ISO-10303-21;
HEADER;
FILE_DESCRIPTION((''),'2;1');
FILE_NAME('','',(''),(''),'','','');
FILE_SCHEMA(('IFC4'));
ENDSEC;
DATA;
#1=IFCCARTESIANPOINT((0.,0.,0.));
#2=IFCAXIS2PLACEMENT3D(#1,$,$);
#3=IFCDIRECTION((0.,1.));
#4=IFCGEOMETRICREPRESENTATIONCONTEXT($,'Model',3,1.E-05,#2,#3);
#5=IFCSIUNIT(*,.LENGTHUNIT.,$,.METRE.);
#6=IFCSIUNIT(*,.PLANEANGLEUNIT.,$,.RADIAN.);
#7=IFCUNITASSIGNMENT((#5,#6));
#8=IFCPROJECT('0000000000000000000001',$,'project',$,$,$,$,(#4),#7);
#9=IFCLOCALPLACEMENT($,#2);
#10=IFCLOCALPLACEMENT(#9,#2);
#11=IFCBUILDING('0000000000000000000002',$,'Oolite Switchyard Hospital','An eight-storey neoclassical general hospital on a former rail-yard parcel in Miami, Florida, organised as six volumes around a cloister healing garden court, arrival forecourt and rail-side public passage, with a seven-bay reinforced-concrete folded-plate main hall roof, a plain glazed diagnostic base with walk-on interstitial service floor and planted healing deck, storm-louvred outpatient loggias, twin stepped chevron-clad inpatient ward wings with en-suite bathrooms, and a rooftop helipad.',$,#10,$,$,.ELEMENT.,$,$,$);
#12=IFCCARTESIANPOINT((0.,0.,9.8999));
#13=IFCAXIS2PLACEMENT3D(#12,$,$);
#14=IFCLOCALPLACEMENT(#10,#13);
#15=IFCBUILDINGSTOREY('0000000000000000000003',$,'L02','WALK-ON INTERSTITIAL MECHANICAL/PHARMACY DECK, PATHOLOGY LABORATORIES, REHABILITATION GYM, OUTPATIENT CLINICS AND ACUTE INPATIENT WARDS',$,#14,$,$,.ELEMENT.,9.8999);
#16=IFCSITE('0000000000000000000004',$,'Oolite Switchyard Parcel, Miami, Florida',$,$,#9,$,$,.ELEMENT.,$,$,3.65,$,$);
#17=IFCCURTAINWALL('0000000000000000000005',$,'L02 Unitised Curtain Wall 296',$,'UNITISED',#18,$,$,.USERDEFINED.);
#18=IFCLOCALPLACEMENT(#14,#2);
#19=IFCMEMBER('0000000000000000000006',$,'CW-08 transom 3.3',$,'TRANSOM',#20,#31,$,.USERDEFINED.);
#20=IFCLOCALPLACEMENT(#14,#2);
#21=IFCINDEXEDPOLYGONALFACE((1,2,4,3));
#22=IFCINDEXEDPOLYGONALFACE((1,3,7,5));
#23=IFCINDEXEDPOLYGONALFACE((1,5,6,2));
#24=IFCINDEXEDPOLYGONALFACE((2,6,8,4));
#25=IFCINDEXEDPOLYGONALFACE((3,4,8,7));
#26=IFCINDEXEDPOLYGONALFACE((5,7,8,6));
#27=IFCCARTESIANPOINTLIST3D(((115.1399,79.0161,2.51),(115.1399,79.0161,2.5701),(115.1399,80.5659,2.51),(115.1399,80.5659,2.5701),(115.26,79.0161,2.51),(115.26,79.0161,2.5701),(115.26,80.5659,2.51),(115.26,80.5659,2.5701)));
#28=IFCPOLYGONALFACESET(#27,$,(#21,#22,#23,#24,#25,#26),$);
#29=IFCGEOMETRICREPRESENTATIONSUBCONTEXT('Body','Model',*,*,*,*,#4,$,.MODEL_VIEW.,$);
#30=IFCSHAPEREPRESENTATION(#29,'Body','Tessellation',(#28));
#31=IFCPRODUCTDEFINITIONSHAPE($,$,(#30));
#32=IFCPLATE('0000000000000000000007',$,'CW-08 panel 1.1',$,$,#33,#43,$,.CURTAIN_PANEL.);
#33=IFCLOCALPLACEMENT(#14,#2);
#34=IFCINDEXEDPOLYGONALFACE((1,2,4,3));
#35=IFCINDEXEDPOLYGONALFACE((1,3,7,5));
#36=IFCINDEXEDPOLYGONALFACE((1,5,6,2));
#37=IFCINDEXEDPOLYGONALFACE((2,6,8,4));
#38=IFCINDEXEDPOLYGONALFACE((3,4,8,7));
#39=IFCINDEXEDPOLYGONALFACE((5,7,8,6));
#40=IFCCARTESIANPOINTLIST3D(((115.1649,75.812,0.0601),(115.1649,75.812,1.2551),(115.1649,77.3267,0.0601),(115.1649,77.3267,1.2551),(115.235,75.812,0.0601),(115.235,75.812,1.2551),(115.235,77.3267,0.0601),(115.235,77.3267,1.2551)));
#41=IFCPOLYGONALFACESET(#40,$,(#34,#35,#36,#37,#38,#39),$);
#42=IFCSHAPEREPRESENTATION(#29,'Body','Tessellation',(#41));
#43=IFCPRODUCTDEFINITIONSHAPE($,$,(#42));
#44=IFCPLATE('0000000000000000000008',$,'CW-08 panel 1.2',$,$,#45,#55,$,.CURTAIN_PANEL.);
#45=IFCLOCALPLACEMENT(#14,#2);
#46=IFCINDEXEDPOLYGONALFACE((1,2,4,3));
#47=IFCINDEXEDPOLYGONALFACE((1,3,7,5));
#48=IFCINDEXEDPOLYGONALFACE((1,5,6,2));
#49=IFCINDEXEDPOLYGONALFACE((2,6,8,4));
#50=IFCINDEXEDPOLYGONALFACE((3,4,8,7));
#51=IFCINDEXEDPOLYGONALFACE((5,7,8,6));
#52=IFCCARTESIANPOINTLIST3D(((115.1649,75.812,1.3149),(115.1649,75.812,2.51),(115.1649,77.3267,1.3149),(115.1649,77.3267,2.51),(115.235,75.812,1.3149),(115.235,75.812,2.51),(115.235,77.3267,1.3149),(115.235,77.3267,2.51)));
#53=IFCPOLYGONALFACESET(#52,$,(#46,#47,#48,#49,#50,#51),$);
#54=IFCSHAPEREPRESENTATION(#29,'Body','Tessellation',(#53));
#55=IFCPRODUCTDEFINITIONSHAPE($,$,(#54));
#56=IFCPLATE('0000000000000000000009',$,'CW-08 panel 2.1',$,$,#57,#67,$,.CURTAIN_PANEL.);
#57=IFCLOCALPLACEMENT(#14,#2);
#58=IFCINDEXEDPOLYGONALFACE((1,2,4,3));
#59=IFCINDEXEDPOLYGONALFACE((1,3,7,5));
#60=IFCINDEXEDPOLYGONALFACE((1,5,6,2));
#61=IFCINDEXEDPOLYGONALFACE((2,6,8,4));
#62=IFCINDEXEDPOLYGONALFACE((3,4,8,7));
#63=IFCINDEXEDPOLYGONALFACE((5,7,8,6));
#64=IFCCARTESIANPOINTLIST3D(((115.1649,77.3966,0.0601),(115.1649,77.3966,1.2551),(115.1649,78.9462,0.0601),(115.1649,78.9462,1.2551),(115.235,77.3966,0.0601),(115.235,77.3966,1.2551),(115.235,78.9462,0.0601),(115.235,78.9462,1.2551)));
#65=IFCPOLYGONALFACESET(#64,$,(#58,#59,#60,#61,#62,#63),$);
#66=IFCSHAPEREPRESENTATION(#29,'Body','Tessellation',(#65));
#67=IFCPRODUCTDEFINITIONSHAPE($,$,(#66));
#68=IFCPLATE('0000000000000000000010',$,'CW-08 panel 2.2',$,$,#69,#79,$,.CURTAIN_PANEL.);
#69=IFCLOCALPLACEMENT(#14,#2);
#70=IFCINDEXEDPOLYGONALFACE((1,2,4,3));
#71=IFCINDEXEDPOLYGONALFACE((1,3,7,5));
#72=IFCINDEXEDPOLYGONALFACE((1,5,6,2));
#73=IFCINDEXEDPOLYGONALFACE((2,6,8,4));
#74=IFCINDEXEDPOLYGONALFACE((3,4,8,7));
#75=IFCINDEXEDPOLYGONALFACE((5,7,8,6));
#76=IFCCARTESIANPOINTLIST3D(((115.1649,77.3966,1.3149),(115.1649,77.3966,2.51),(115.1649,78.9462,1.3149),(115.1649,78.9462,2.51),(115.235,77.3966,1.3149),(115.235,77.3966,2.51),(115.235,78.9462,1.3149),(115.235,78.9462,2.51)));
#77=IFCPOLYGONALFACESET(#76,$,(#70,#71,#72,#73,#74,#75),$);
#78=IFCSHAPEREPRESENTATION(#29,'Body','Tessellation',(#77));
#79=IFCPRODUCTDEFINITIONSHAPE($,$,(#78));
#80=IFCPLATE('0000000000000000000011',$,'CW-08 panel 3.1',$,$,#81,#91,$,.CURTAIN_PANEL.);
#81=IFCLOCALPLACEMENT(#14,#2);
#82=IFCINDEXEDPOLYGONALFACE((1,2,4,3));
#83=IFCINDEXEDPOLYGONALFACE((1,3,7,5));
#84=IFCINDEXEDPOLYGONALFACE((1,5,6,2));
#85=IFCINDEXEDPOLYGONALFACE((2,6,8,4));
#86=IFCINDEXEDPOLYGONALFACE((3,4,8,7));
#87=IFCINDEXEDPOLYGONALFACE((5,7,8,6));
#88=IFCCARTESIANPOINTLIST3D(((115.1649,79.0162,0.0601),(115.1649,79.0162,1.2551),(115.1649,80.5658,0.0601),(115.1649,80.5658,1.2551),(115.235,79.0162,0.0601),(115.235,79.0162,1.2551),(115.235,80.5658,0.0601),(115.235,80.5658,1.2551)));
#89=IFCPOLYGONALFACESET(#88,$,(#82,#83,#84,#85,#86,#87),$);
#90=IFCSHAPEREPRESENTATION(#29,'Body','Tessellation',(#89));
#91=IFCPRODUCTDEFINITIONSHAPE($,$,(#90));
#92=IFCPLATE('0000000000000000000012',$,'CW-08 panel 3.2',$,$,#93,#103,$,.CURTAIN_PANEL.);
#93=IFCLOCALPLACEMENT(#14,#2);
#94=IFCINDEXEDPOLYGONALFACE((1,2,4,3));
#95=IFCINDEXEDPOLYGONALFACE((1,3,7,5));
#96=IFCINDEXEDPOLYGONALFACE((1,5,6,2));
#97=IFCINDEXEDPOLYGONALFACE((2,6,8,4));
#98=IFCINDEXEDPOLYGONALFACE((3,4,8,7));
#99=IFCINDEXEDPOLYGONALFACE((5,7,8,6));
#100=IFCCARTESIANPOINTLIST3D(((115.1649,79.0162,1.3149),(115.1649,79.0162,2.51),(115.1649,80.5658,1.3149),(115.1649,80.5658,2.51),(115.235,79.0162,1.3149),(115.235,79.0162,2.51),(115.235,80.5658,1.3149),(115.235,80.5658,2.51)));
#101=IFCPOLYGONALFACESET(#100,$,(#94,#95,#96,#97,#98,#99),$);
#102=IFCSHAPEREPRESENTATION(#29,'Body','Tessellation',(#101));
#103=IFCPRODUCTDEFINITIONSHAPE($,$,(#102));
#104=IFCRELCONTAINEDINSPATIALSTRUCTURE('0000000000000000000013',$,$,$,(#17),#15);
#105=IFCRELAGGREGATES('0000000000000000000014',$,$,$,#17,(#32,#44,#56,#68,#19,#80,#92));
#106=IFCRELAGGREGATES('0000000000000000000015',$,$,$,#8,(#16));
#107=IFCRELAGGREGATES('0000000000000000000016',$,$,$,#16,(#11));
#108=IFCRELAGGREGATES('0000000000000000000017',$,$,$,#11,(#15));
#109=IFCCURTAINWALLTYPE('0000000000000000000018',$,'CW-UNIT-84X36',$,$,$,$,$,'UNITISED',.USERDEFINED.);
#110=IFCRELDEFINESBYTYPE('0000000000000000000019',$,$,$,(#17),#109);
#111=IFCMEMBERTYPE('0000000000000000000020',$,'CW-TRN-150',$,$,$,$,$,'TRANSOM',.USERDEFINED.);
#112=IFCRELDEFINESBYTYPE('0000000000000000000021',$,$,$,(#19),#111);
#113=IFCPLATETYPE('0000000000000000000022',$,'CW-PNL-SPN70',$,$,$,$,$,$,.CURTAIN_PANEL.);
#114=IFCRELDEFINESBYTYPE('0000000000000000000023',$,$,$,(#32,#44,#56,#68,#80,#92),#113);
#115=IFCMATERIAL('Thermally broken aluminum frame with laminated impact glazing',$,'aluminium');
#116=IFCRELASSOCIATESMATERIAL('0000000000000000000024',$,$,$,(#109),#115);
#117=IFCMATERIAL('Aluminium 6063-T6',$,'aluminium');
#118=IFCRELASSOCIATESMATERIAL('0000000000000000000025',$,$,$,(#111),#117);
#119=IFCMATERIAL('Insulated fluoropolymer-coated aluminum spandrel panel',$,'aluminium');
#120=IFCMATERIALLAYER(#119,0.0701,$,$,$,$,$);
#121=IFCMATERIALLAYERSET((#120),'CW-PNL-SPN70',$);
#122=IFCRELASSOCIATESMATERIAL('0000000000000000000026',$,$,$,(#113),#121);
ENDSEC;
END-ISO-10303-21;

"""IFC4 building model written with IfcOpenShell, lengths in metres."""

from ifc_helpers import new_model, si_unit, direction, frame, origin, origin_2d, place, context, subcontext, project, spatial, rectangle, extrude, material, layer, layer_set, material_profile, profile_set, type_object, element, aggregate, save


model = new_model("IFC4")

# Units and contexts
model_context = context("Model", 3, precision=1e-05, world=origin(), true_north=direction((0.0, 1.0)))
body_context = subcontext(model_context, "Body", "Model", "MODEL_VIEW")
ifc_project = project(units=[si_unit("LENGTHUNIT", "METRE"), si_unit("PLANEANGLEUNIT", "RADIAN")], contexts=[model_context])

# Site, building, storey
site_placement = place(None, origin())
site = spatial("IfcSite", under=ifc_project, at=site_placement, Name="Oolite Switchyard Parcel, Miami, Florida", CompositionType="ELEMENT", RefElevation=3.65)
building_placement = place(site_placement, origin())
building = spatial("IfcBuilding", under=site, at=building_placement, Name="Oolite Switchyard Hospital", Description="An eight-storey neoclassical general hospital on a former rail-yard parcel in Miami, Florida, organised as six volumes around a cloister healing garden court, arrival forecourt and rail-side public passage, with a seven-bay reinforced-concrete folded-plate main hall roof, a plain glazed diagnostic base with walk-on interstitial service floor and planted healing deck, storm-louvred outpatient loggias, twin stepped chevron-clad inpatient ward wings with en-suite bathrooms, and a rooftop helipad.", CompositionType="ELEMENT")
storey_placement = place(building_placement, frame((0.0, 0.0, 9.8999)))
storey = spatial("IfcBuildingStorey", under=building, at=storey_placement, Name="L02", Description="WALK-ON INTERSTITIAL MECHANICAL/PHARMACY DECK, PATHOLOGY LABORATORIES, REHABILITATION GYM, OUTPATIENT CLINICS AND ACUTE INPATIENT WARDS", CompositionType="ELEMENT", Elevation=9.8999)

# Curtain wall, member, plates
ifc_material_1 = material(Name="Thermally broken aluminum frame with laminated impact glazing", Category="aluminium")
curtain_wall_type = type_object("IfcCurtainWallType", Name="CW-UNIT-84X36", ElementType="UNITISED", PredefinedType="USERDEFINED", material=ifc_material_1)
curtain_wall_placement = place(storey_placement, origin())
curtain_wall = element("IfcCurtainWall", 1, at=curtain_wall_placement, inside=storey, type_object=curtain_wall_type, Name="L02 Unitised Curtain Wall 296", ObjectType="UNITISED", PredefinedType="USERDEFINED")
ifc_material_2 = material(Name="Aluminium 6063-T6", Category="aluminium")
ifc_material_profile_1 = material_profile(ifc_material_2, rectangle(XDim=0.1201, YDim=0.0601, at=origin_2d()), Name="CWT60X120")
ifc_profile_set_1 = profile_set([ifc_material_profile_1], Name="Aluminium 6063-T6")
member_type_1 = type_object("IfcMemberType", Name="CW-TRN-150", ElementType="TRANSOM", PredefinedType="USERDEFINED", material=ifc_profile_set_1)
member_1_placement = place(storey_placement, frame((115.2, 79.0161, 2.54), z_axis=(0.0, 1.0, 0.0), x_axis=(-1.0, 0.0, 0.0)))
member_1 = element("IfcMember", 2, at=member_1_placement, type_object=member_type_1, Name="CW-08 transom 3.3", ObjectType="TRANSOM", PredefinedType="USERDEFINED", context=body_context, shape_type="SweptSolid", body=[
    extrude(rectangle(XDim=0.1201, YDim=0.0601, at=origin_2d()), origin(), (0.0, 0.0, 1.0), 1.5498),
])
ifc_material_3 = material(Name="Insulated fluoropolymer-coated aluminum spandrel panel", Category="aluminium")
ifc_layer = layer(ifc_material_3, 0.0701)
ifc_layer_set = layer_set([ifc_layer], Name="CW-PNL-SPN70")
plate_type = type_object("IfcPlateType", Name="CW-PNL-SPN70", PredefinedType="CURTAIN_PANEL", material=ifc_layer_set)
plate_1_placement = place(storey_placement, frame((115.2, 76.5693, 0.0601), z_axis=(0.0, 0.0, 1.0), x_axis=(0.0, 1.0, 0.0)))
plate_1 = element("IfcPlate", 3, at=plate_1_placement, type_object=plate_type, Name="CW-08 panel 1.1", PredefinedType="CURTAIN_PANEL", context=body_context, shape_type="SweptSolid", body=[
    extrude(rectangle(XDim=1.5146, YDim=0.0701, at=origin_2d()), origin(), (0.0, 0.0, 1.0), 1.1951),
])
plate_2_placement = place(storey_placement, frame((115.2, 76.5693, 1.3149), z_axis=(0.0, 0.0, 1.0), x_axis=(0.0, 1.0, 0.0)))
plate_2 = element("IfcPlate", 4, at=plate_2_placement, type_object=plate_type, Name="CW-08 panel 1.2", PredefinedType="CURTAIN_PANEL", context=body_context, shape_type="SweptSolid", body=[
    extrude(rectangle(XDim=1.5146, YDim=0.0701, at=origin_2d()), origin(), (0.0, 0.0, 1.0), 1.1951),
])
plate_3_placement = place(storey_placement, frame((115.2, 78.1714, 0.0601), z_axis=(0.0, 0.0, 1.0), x_axis=(0.0, 1.0, 0.0)))
plate_3 = element("IfcPlate", 5, at=plate_3_placement, type_object=plate_type, Name="CW-08 panel 2.1", PredefinedType="CURTAIN_PANEL", context=body_context, shape_type="SweptSolid", body=[
    extrude(rectangle(XDim=1.5496, YDim=0.0701, at=origin_2d()), origin(), (0.0, 0.0, 1.0), 1.1951),
])
plate_4_placement = place(storey_placement, frame((115.2, 78.1714, 1.3149), z_axis=(0.0, 0.0, 1.0), x_axis=(0.0, 1.0, 0.0)))
plate_4 = element("IfcPlate", 6, at=plate_4_placement, type_object=plate_type, Name="CW-08 panel 2.2", PredefinedType="CURTAIN_PANEL", context=body_context, shape_type="SweptSolid", body=[
    extrude(rectangle(XDim=1.5496, YDim=0.0701, at=origin_2d()), origin(), (0.0, 0.0, 1.0), 1.1951),
])
plate_5_placement = place(storey_placement, frame((115.2, 79.791, 0.0601), z_axis=(0.0, 0.0, 1.0), x_axis=(0.0, 1.0, 0.0)))
plate_5 = element("IfcPlate", 7, at=plate_5_placement, type_object=plate_type, Name="CW-08 panel 3.1", PredefinedType="CURTAIN_PANEL", context=body_context, shape_type="SweptSolid", body=[
    extrude(rectangle(XDim=1.5496, YDim=0.0701, at=origin_2d()), origin(), (0.0, 0.0, 1.0), 1.1951),
])
plate_6_placement = place(storey_placement, frame((115.2, 79.791, 1.3149), z_axis=(0.0, 0.0, 1.0), x_axis=(0.0, 1.0, 0.0)))
plate_6 = element("IfcPlate", 8, at=plate_6_placement, type_object=plate_type, Name="CW-08 panel 3.2", PredefinedType="CURTAIN_PANEL", context=body_context, shape_type="SweptSolid", body=[
    extrude(rectangle(XDim=1.5496, YDim=0.0701, at=origin_2d()), origin(), (0.0, 0.0, 1.0), 1.1951),
])
aggregate(curtain_wall, [plate_1, plate_2, plate_3, plate_4, member_1, plate_5, plate_6])

save(model, "model.ifc")
